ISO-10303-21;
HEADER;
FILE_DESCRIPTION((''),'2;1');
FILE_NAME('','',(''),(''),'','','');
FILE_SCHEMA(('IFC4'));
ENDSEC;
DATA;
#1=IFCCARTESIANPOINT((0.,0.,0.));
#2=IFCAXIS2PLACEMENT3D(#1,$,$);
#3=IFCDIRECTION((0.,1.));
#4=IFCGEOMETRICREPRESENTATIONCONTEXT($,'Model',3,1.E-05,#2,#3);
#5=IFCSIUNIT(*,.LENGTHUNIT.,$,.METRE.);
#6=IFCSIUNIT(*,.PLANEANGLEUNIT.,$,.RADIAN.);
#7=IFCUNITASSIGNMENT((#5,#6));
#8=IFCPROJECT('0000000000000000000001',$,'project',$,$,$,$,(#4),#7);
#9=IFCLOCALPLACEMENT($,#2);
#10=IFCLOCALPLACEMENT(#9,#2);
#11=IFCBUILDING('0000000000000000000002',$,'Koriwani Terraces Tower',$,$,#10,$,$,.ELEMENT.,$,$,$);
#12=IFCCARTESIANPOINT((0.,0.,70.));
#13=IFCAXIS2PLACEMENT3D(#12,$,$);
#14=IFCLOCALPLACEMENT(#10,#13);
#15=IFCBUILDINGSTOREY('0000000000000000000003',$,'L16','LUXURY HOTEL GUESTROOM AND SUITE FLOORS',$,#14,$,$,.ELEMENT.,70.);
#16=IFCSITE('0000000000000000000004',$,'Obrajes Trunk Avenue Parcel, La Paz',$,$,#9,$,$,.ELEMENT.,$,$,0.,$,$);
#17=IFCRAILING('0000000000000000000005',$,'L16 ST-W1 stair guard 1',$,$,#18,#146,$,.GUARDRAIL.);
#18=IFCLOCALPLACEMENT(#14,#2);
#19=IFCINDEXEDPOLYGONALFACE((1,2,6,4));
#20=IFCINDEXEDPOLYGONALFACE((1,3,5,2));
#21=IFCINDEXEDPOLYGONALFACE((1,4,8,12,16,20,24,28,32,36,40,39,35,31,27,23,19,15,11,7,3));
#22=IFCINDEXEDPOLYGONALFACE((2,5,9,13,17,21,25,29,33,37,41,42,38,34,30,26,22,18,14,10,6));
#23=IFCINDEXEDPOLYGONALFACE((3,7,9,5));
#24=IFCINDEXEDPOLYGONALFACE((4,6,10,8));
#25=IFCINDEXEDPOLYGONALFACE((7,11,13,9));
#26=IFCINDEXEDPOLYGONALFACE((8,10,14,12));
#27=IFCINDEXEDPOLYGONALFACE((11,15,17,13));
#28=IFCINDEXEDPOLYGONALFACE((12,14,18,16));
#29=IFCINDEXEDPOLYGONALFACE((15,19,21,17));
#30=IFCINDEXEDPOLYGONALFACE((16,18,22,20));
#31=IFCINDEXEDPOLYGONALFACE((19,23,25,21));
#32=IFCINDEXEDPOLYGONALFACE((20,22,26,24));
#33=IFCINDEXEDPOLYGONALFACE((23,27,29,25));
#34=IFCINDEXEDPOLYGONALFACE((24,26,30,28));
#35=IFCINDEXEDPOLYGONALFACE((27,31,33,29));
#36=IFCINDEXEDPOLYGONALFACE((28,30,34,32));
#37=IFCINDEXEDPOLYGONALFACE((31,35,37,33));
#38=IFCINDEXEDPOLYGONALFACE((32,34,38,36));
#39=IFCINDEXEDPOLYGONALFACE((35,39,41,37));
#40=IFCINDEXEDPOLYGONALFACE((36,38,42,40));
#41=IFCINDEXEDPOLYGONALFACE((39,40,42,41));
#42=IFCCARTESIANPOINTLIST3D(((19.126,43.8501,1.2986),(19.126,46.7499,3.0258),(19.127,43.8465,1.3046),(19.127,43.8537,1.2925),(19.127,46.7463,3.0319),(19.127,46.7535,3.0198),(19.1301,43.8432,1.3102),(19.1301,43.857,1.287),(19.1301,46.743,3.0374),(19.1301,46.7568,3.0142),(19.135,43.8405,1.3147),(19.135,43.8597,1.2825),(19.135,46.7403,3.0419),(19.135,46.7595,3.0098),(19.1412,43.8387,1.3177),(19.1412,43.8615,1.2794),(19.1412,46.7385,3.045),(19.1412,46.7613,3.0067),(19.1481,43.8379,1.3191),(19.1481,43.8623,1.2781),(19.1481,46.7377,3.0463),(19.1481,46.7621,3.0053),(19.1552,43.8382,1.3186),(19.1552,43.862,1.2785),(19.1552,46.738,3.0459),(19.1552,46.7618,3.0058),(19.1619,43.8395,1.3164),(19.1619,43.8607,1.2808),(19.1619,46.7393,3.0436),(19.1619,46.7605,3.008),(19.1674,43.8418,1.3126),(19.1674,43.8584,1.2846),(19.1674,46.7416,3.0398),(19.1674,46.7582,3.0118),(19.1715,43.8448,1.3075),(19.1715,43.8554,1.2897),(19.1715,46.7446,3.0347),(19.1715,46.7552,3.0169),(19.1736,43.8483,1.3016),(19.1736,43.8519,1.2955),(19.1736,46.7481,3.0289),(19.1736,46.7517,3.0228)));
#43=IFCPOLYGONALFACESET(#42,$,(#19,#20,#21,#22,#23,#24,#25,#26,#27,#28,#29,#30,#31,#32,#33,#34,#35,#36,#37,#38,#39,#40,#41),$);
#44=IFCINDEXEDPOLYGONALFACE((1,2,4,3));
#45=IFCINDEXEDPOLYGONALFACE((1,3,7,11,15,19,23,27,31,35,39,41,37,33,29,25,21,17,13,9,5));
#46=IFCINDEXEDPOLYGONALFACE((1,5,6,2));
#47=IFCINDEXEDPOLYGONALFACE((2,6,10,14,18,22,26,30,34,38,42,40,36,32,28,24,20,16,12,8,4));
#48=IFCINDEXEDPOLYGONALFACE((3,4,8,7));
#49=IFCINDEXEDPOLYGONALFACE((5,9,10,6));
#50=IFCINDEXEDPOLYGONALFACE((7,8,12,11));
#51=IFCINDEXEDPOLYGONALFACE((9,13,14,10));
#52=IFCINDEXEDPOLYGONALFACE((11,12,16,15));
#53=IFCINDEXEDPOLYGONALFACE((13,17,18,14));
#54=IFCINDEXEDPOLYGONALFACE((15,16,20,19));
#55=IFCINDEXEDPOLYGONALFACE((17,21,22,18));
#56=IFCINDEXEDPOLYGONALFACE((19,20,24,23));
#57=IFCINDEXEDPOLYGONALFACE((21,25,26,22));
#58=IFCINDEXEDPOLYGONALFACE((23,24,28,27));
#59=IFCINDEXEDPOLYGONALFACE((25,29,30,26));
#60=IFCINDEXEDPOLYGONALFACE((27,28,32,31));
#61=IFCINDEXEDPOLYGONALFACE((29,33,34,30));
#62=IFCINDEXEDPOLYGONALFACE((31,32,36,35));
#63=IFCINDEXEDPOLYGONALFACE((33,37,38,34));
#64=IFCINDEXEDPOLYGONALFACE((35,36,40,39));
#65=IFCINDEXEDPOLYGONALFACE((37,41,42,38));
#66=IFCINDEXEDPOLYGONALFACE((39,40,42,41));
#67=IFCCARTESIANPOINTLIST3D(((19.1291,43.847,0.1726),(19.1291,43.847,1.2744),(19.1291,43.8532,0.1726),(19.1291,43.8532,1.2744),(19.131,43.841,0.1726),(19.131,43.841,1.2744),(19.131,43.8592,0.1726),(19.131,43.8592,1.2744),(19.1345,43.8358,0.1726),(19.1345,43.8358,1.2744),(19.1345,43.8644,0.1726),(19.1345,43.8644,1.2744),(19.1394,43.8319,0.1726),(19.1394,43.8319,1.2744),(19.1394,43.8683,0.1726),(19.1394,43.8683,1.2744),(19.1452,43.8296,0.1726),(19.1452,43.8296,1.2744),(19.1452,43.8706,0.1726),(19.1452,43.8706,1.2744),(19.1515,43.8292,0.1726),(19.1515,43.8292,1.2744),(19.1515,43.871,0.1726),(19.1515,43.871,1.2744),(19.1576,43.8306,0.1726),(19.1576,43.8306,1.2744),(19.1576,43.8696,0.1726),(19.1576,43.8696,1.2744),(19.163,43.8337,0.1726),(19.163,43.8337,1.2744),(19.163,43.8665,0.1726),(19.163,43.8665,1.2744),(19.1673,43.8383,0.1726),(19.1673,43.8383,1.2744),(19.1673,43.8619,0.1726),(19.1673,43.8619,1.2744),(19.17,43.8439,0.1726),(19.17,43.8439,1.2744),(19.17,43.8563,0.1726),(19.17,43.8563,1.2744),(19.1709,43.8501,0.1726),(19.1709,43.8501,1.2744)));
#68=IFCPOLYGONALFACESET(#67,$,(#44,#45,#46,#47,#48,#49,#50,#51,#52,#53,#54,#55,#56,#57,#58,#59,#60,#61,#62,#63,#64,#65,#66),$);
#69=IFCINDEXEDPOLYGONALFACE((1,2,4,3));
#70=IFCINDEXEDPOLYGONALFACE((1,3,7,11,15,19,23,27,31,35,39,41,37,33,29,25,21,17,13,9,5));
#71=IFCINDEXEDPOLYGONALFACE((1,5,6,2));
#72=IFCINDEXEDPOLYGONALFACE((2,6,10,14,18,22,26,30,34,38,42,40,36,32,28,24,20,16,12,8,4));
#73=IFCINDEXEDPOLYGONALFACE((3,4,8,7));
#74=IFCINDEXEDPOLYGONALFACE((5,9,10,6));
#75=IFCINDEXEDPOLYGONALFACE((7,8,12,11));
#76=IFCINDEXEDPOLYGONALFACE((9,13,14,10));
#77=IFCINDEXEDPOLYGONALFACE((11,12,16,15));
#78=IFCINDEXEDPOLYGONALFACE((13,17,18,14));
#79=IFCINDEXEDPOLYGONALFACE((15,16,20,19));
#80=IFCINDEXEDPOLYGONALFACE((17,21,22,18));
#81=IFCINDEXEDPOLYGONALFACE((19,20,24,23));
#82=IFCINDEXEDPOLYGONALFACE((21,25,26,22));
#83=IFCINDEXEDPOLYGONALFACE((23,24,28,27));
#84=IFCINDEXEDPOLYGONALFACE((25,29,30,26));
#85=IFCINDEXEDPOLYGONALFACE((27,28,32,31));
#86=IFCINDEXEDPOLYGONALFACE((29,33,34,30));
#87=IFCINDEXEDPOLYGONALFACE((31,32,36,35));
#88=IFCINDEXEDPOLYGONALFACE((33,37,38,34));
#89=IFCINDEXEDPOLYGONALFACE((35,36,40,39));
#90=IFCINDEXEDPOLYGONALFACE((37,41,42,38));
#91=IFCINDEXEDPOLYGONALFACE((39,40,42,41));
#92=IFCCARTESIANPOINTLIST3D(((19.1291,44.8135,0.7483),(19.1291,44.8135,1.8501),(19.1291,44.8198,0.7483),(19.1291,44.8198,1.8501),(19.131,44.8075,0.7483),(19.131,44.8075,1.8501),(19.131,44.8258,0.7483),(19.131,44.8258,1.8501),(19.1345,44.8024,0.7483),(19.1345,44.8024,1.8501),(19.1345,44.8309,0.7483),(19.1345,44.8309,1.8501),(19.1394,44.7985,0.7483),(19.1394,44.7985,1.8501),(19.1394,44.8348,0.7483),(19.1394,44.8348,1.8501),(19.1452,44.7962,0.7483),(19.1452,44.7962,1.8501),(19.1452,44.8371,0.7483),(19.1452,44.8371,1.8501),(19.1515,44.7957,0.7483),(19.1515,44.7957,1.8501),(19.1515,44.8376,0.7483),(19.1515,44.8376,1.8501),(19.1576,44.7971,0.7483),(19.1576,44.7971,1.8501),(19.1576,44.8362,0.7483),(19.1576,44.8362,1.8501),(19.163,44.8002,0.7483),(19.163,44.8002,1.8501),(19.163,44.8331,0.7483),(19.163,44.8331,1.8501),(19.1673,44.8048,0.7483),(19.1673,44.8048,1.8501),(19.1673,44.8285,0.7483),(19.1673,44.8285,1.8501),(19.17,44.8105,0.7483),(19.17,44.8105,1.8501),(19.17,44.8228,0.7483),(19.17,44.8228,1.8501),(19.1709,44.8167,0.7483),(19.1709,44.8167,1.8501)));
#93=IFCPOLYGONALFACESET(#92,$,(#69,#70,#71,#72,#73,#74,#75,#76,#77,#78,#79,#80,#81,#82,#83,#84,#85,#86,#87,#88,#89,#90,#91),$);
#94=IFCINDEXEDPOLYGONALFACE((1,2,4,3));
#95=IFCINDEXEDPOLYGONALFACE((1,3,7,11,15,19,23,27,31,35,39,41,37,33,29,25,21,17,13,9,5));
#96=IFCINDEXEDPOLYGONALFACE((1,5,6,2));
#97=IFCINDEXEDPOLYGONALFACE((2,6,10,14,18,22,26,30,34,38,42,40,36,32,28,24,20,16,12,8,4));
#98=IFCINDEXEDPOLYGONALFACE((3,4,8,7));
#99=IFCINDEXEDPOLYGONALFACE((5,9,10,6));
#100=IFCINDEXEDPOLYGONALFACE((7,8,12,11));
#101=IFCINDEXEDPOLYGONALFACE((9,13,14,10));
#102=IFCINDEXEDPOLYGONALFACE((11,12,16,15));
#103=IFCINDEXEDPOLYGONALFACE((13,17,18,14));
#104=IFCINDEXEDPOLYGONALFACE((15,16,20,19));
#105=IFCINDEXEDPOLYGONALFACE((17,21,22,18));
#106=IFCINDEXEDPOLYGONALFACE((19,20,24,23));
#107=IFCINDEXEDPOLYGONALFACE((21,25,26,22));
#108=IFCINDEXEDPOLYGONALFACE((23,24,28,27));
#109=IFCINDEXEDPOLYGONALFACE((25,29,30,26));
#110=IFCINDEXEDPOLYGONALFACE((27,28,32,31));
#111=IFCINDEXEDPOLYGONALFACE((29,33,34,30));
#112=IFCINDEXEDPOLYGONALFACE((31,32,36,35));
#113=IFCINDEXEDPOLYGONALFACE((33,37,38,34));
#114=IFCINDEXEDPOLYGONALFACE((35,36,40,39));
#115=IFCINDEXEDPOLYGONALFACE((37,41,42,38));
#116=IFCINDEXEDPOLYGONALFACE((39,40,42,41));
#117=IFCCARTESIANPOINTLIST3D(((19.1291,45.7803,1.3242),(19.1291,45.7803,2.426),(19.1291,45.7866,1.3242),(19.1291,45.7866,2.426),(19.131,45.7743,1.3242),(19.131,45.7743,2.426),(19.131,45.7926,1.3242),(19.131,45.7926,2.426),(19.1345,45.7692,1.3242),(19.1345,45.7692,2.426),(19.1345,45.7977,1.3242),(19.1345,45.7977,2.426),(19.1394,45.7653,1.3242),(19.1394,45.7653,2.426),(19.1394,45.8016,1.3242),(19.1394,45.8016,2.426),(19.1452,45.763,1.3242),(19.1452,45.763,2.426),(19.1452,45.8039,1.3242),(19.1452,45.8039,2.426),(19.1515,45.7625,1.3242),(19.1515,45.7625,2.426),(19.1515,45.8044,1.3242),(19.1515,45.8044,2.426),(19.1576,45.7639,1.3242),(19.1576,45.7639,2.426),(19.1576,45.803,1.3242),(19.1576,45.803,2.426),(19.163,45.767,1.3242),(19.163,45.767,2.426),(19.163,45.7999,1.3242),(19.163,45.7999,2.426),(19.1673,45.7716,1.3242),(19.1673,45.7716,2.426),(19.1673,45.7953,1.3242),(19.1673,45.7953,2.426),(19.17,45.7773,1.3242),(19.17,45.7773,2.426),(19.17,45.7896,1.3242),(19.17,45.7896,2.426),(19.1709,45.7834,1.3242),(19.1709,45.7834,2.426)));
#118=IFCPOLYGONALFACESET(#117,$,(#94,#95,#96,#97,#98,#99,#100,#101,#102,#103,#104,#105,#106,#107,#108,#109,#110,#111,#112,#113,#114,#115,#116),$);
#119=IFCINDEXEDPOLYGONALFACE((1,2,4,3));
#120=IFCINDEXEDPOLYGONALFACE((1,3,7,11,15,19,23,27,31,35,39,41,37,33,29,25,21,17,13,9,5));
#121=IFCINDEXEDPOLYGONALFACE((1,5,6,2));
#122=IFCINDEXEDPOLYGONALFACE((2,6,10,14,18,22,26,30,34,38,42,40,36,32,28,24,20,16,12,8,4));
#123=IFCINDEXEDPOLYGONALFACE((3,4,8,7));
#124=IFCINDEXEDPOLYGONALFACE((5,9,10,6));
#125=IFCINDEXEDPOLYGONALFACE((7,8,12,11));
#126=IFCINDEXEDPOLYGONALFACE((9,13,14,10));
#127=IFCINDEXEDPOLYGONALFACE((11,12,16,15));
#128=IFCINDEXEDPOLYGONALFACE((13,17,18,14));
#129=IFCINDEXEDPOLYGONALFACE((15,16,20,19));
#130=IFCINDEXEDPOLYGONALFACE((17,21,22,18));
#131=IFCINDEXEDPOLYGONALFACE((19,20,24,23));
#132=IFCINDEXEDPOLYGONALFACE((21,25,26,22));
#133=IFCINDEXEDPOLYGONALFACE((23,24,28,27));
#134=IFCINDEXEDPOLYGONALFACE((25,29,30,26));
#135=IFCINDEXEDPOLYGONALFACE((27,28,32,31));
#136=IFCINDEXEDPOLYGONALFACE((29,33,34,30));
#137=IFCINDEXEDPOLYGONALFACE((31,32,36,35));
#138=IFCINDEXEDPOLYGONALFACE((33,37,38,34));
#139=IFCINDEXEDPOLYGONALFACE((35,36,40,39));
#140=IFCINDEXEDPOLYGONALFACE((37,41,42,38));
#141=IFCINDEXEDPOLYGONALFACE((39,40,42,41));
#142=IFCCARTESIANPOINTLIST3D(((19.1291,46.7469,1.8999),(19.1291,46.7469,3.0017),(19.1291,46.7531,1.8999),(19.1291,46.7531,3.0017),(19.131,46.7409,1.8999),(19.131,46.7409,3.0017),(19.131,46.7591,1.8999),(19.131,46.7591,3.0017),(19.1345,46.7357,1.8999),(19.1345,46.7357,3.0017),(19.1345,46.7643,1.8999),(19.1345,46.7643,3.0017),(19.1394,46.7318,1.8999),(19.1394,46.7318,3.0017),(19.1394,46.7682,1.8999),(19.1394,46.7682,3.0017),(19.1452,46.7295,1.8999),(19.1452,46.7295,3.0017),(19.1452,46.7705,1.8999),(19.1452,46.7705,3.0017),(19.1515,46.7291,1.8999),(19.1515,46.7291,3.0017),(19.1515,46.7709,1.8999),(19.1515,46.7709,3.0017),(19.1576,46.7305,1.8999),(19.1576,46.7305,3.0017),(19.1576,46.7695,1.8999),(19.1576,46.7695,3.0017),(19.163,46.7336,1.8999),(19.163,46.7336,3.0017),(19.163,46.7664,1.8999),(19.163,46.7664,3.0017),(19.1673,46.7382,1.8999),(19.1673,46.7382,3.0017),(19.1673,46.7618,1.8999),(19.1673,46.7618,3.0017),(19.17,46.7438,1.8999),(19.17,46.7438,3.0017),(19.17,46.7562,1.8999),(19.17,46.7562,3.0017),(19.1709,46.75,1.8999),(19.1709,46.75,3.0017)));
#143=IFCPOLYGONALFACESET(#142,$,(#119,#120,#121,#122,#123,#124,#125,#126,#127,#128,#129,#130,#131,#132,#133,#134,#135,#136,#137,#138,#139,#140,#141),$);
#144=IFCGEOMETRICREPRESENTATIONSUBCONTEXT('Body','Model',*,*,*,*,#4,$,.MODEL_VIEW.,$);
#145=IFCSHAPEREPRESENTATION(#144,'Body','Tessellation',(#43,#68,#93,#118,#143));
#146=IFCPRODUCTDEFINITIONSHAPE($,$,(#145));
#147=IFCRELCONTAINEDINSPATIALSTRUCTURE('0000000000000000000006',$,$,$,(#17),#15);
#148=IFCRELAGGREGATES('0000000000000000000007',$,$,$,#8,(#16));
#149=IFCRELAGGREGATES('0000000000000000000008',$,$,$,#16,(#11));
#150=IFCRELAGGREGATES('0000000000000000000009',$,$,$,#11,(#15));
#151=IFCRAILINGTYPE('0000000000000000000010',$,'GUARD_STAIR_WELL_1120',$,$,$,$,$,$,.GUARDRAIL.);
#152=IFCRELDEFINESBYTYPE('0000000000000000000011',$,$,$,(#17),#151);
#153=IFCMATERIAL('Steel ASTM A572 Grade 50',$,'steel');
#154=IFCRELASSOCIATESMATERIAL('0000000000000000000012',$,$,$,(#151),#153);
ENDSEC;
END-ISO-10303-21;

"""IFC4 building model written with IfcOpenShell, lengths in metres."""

from ifc_helpers import new_model, si_unit, direction, frame, origin, origin_2d, place, context, subcontext, project, spatial, circle, extrude, material, type_object, element, save


model = new_model("IFC4")

# Units and contexts
model_context = context("Model", 3, precision=1e-05, world=origin(), true_north=direction((0.0, 1.0)))
body_context = subcontext(model_context, "Body", "Model", "MODEL_VIEW")
ifc_project = project(units=[si_unit("LENGTHUNIT", "METRE"), si_unit("PLANEANGLEUNIT", "RADIAN")], contexts=[model_context])

# Site, building, storey
site_placement = place(None, origin())
site = spatial("IfcSite", under=ifc_project, at=site_placement, Name="Obrajes Trunk Avenue Parcel, La Paz", CompositionType="ELEMENT", RefElevation=0.0)
building_placement = place(site_placement, origin())
building = spatial("IfcBuilding", under=site, at=building_placement, Name="Koriwani Terraces Tower", CompositionType="ELEMENT")
storey_placement = place(building_placement, frame((0.0, 0.0, 70.0)))
storey = spatial("IfcBuildingStorey", under=building, at=storey_placement, Name="L16", Description="LUXURY HOTEL GUESTROOM AND SUITE FLOORS", CompositionType="ELEMENT", Elevation=70.0)

# Shared definitions
ifc_material_1 = material(Name="Steel ASTM A572 Grade 50", Category="steel")

# Railing
railing_type_1 = type_object("IfcRailingType", Name="GUARD_STAIR_WELL_1120", PredefinedType="GUARDRAIL", material=ifc_material_1)
railing_1_placement = place(storey_placement, frame((19.1499, 43.8501, 0.1726)))
element("IfcRailing", 1, at=railing_1_placement, inside=storey, type_object=railing_type_1, Name="L16 ST-W1 stair guard 1", PredefinedType="GUARDRAIL", context=body_context, shape_type="SweptSolid", body=[
    extrude(circle(Radius=0.0239, at=origin_2d()), frame((0.0, 0.0, 1.126), z_axis=(0.0, 0.859141, 0.511738), x_axis=(-1.0, 0.0, 0.0)), (0.0, 0.0, 1.0), 3.3752),
    extrude(circle(Radius=0.021, at=origin_2d()), origin(), (0.0, 0.0, 1.0), 1.1018),
    extrude(circle(Radius=0.021, at=origin_2d()), frame((0.0, 0.9666, 0.5757)), (0.0, 0.0, 1.0), 1.1018),
    extrude(circle(Radius=0.021, at=origin_2d()), frame((0.0, 1.9333, 1.1516)), (0.0, 0.0, 1.0), 1.1018),
    extrude(circle(Radius=0.021, at=origin_2d()), frame((0.0, 2.8999, 1.7273)), (0.0, 0.0, 1.0), 1.1018),
])

save(model, "model.ifc")
